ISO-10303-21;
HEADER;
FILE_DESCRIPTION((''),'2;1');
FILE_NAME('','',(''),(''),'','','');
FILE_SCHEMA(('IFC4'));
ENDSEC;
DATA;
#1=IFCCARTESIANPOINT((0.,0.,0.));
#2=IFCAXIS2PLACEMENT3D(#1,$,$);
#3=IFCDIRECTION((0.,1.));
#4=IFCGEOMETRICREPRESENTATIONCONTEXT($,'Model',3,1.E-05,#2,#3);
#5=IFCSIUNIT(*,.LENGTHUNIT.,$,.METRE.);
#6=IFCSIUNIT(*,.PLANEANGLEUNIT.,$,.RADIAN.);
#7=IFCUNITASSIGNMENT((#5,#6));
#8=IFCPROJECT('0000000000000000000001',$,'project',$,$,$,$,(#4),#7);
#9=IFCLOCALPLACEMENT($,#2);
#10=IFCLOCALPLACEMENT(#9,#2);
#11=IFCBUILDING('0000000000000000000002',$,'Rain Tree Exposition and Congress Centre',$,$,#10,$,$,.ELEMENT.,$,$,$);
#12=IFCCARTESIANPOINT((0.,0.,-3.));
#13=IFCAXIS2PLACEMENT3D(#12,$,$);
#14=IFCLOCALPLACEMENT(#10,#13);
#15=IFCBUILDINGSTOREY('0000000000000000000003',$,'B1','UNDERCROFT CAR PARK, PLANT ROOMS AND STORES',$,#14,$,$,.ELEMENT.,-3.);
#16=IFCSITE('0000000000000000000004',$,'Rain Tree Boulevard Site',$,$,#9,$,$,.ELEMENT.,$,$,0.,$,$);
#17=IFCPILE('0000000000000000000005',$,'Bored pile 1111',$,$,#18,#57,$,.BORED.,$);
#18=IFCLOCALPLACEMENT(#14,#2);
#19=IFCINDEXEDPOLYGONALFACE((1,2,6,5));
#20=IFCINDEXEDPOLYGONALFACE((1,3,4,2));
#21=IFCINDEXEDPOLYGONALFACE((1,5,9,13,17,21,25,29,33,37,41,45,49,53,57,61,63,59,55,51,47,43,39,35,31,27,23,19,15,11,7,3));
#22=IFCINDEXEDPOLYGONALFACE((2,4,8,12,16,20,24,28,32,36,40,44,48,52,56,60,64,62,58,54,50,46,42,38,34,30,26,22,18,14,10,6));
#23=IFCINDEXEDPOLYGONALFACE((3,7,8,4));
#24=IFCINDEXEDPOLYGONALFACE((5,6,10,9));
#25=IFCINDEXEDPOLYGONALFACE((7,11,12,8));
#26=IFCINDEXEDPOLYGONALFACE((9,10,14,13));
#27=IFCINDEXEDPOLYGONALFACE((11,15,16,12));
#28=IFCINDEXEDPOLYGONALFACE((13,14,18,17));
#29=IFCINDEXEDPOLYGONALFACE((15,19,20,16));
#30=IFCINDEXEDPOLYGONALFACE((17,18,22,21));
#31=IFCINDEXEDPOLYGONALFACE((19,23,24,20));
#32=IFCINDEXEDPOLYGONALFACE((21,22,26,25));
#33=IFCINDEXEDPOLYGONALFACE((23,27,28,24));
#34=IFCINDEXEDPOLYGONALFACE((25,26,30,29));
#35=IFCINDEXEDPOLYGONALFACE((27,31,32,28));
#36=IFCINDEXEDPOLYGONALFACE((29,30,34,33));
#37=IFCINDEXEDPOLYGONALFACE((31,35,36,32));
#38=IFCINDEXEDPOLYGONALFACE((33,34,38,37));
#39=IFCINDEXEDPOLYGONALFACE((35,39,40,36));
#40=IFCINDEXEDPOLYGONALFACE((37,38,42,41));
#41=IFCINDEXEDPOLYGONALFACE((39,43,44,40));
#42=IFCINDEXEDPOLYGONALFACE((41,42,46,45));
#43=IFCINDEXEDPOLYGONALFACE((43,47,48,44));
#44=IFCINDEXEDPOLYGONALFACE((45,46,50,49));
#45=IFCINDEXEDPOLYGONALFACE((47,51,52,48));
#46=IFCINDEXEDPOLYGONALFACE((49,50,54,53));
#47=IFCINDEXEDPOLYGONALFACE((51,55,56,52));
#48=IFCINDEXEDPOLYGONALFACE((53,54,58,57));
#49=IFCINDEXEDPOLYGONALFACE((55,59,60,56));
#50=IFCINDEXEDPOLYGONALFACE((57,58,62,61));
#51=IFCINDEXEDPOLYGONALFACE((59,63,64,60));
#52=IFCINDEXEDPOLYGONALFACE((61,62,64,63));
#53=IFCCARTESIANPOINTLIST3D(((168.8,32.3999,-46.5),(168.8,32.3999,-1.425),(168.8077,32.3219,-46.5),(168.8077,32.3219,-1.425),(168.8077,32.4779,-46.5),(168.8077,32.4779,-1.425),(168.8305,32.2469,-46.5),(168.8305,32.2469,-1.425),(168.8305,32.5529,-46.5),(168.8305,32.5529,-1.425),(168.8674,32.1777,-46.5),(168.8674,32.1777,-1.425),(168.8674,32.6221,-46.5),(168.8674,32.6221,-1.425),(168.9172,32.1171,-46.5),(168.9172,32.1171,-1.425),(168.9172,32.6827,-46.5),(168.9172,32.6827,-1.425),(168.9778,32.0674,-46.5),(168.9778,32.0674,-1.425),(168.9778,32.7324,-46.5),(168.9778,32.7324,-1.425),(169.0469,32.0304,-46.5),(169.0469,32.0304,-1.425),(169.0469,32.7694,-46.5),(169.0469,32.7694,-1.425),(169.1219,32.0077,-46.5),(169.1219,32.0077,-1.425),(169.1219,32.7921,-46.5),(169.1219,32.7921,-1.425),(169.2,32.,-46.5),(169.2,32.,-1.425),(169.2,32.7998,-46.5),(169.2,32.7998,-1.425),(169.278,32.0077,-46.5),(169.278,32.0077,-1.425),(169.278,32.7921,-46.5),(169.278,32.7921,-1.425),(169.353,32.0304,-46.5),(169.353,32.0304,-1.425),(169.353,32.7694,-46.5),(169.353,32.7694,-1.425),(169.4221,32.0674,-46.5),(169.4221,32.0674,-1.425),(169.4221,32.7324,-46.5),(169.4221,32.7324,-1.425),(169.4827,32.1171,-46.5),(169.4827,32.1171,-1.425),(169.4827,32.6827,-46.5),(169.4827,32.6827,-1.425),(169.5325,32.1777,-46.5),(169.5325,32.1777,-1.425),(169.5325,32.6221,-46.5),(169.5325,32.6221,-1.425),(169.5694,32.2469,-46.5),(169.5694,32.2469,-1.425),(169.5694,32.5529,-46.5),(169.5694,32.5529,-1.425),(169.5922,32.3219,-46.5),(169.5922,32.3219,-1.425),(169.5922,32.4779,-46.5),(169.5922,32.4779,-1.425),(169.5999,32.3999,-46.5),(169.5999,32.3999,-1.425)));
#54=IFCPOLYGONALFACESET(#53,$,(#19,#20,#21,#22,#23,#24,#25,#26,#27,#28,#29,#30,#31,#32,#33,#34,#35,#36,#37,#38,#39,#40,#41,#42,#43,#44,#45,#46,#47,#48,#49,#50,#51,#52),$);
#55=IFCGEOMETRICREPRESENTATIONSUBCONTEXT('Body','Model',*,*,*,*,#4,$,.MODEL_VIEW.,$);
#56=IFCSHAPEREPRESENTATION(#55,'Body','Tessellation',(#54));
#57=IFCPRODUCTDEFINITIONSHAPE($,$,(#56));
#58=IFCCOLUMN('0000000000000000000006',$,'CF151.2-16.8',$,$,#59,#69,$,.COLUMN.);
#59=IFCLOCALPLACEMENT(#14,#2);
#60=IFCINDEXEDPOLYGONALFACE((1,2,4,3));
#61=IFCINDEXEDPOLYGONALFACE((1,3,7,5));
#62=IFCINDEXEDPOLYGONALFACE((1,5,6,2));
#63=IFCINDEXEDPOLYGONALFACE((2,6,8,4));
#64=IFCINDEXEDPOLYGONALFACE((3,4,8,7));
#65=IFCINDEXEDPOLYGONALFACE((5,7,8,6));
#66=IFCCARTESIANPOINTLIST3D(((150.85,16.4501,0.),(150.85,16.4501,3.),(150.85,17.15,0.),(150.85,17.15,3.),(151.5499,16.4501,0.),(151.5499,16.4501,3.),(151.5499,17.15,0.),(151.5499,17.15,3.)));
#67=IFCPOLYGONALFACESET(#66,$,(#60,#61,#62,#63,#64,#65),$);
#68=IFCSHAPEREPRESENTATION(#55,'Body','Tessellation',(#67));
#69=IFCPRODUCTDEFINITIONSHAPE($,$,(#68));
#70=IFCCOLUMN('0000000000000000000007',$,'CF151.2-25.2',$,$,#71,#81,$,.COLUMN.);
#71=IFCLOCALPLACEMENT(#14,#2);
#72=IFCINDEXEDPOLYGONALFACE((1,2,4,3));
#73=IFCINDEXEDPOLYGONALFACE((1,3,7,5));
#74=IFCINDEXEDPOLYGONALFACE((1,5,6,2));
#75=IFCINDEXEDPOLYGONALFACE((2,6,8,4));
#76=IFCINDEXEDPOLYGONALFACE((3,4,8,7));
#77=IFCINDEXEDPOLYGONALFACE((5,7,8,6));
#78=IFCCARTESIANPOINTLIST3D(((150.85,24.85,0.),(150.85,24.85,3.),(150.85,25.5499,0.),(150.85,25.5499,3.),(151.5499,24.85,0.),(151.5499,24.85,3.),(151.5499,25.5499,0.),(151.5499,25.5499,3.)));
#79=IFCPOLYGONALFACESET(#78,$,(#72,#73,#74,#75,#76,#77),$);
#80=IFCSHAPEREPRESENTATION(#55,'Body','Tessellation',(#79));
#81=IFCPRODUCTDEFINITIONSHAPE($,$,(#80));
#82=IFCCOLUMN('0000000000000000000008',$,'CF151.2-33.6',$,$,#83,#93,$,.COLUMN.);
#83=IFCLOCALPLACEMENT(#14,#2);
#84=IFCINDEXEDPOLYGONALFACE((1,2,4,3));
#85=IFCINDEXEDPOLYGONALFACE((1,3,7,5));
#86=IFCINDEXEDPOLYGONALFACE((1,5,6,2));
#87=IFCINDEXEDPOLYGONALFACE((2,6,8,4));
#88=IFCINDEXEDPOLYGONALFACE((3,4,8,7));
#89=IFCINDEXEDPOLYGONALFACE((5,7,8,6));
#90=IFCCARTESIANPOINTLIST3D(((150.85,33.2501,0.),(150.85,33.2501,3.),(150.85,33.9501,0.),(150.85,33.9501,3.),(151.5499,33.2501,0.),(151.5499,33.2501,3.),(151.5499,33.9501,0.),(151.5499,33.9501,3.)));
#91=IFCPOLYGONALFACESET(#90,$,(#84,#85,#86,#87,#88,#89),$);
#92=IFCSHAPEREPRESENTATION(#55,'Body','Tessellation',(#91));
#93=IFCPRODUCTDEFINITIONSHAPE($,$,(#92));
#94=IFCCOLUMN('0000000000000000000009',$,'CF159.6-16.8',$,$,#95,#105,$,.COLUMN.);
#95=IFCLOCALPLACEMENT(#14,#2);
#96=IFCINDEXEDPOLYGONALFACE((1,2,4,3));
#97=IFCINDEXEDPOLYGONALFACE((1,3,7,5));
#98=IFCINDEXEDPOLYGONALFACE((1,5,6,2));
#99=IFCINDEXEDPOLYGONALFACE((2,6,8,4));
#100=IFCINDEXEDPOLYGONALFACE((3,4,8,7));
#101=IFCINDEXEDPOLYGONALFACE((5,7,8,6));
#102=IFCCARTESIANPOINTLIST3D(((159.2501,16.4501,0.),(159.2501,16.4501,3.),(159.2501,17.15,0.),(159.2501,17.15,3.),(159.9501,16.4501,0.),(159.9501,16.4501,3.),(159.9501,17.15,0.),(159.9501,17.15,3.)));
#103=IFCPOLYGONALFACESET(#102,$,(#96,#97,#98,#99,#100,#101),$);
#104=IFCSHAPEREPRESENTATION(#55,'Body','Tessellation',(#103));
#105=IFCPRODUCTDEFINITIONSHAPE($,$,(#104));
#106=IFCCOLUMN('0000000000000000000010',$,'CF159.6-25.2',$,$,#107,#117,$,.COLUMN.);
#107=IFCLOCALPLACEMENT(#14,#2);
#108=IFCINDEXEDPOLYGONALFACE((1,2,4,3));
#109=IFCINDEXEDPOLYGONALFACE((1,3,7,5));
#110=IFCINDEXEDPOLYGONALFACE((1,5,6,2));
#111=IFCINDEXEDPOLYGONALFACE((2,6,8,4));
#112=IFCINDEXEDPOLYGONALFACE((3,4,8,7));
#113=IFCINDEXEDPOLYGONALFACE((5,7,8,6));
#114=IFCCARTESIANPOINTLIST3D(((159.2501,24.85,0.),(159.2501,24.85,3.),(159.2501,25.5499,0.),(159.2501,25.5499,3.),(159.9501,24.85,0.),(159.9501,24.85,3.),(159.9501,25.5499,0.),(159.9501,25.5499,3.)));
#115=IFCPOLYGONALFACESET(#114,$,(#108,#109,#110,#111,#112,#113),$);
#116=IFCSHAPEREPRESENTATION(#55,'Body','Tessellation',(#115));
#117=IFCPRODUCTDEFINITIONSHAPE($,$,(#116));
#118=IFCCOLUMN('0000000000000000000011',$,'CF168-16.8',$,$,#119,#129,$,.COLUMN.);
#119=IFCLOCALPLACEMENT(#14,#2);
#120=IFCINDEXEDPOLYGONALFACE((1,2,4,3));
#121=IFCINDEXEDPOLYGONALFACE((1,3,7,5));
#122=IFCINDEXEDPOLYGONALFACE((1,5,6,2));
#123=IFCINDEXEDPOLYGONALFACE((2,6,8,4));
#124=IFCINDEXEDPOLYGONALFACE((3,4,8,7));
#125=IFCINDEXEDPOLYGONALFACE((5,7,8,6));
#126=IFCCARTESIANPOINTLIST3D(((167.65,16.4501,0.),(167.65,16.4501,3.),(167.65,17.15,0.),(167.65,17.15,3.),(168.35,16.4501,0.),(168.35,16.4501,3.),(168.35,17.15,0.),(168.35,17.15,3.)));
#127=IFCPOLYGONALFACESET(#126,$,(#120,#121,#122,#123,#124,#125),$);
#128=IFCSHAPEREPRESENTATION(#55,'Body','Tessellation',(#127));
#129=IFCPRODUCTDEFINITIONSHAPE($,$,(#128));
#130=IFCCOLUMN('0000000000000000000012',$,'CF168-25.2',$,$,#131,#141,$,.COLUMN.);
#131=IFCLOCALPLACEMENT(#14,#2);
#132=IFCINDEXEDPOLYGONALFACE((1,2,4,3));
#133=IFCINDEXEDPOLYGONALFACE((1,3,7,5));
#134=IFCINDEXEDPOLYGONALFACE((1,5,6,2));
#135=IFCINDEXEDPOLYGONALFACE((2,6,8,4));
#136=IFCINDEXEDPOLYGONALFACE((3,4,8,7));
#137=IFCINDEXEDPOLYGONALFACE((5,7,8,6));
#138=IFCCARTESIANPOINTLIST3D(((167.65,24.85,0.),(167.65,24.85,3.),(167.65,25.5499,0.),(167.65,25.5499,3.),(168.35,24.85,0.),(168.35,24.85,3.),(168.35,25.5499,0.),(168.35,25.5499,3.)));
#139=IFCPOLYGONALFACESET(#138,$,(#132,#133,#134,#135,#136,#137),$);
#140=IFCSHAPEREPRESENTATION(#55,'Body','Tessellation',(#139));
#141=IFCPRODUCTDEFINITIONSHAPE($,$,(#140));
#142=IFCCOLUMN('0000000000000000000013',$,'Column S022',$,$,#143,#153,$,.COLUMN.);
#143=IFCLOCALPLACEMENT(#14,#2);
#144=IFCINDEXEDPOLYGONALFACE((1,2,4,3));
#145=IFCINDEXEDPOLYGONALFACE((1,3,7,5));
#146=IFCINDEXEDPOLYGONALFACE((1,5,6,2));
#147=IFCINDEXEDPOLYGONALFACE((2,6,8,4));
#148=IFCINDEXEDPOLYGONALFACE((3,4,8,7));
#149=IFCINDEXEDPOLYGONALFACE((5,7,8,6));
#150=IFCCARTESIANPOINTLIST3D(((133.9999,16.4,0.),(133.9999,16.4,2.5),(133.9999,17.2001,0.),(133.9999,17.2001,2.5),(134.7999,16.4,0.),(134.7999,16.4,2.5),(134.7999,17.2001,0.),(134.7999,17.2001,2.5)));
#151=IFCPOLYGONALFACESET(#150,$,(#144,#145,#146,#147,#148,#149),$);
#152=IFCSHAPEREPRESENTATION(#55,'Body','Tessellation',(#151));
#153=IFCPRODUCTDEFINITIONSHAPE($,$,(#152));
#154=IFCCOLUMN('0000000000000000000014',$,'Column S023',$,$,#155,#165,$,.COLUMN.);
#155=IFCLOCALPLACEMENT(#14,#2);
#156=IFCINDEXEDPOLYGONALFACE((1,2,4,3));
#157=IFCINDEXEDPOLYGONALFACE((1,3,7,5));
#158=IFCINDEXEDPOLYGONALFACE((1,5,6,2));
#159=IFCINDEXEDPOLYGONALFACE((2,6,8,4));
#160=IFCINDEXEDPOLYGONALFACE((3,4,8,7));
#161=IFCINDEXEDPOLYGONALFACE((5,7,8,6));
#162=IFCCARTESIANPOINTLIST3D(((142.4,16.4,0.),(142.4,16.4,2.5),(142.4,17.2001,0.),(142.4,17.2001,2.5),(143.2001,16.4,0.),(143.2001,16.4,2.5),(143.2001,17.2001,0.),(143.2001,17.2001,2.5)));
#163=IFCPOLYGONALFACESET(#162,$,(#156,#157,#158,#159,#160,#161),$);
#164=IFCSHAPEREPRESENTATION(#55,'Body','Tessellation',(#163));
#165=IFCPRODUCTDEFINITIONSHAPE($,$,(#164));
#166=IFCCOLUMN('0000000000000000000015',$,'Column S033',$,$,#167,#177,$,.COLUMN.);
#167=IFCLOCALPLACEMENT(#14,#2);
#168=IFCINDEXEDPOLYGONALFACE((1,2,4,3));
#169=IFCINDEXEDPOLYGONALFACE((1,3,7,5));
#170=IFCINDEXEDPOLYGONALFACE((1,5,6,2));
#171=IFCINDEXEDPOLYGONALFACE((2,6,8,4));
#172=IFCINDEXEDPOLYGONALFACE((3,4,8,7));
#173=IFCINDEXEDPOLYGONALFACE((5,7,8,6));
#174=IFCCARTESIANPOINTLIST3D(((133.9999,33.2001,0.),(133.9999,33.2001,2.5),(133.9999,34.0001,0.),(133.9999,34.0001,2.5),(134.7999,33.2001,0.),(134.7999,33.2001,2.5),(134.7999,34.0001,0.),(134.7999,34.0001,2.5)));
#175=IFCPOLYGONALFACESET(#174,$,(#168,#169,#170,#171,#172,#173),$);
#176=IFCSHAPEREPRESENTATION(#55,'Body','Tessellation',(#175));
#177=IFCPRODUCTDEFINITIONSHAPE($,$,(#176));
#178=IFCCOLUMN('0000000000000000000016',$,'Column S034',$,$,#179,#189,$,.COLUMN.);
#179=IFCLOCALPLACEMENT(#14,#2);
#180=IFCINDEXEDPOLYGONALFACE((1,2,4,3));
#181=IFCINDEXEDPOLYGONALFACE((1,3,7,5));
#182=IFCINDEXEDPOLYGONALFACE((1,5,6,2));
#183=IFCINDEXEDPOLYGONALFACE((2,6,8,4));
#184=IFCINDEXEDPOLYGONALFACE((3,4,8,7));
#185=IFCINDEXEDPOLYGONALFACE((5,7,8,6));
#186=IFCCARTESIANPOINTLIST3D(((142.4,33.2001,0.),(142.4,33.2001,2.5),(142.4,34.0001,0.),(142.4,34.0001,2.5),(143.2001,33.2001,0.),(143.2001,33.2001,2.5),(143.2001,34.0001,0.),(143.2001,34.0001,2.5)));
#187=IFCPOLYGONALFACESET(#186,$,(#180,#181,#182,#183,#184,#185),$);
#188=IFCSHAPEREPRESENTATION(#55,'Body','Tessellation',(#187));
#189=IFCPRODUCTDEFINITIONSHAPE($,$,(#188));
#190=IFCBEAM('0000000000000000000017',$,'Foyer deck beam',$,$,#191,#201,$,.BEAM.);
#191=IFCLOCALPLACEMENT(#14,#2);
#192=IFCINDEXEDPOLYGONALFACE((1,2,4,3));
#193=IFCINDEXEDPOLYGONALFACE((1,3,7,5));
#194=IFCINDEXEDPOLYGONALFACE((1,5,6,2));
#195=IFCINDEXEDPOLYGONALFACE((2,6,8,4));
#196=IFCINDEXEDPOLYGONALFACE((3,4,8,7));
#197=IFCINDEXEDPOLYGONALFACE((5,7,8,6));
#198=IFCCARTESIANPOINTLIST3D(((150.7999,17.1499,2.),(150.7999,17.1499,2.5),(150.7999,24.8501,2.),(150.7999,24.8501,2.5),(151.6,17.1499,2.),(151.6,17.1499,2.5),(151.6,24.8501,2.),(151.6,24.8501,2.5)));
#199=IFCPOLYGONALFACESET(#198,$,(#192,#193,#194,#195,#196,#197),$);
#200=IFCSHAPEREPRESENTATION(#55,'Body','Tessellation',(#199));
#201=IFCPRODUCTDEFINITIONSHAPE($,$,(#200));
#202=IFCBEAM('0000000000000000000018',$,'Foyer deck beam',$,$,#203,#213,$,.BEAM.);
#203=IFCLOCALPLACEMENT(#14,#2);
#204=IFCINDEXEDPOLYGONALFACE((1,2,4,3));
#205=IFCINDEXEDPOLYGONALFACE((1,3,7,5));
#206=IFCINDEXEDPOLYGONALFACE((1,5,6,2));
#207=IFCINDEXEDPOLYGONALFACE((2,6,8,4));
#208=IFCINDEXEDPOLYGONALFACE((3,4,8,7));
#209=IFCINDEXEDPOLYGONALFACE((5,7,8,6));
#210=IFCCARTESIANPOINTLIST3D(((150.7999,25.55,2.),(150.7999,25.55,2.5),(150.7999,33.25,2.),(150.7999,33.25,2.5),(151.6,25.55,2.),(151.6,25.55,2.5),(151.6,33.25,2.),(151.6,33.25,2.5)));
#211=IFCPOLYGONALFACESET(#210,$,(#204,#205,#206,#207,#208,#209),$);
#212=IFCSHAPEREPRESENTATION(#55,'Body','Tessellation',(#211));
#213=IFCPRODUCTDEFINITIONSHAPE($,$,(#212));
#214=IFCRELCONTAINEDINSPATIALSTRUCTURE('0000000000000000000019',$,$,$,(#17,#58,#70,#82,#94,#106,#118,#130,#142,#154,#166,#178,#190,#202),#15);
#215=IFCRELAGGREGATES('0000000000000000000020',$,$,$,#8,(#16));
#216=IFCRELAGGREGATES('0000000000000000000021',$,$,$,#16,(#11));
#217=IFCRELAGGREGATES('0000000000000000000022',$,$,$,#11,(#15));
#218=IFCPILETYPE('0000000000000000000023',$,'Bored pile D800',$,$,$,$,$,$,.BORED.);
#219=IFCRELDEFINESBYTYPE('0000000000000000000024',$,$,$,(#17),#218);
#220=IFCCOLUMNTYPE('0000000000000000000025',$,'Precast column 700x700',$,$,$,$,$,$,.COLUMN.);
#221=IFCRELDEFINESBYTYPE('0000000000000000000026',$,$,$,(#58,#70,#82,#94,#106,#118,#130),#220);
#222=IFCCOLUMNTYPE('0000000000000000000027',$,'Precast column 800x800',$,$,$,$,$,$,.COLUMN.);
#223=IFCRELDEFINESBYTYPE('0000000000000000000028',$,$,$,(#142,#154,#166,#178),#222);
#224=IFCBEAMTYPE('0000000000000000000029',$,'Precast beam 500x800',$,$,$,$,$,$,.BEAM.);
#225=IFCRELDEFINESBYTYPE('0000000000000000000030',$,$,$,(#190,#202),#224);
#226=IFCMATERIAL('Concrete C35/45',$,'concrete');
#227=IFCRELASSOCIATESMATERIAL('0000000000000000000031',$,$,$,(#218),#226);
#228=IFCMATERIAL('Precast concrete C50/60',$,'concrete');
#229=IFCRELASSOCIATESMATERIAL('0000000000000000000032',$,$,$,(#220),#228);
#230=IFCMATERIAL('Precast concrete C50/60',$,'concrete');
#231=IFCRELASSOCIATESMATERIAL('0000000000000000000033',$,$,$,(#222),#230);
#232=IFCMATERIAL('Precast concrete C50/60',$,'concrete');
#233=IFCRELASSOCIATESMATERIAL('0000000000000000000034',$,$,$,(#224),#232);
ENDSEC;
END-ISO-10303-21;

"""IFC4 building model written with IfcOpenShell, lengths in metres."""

from ifc_helpers import new_model, si_unit, direction, frame, origin, origin_2d, place, context, subcontext, project, spatial, rectangle, circle, extrude, material, material_profile, profile_set, type_object, element, save


model = new_model("IFC4")

# Units and contexts
model_context = context("Model", 3, precision=1e-05, world=origin(), true_north=direction((0.0, 1.0)))
body_context = subcontext(model_context, "Body", "Model", "MODEL_VIEW")
ifc_project = project(units=[si_unit("LENGTHUNIT", "METRE"), si_unit("PLANEANGLEUNIT", "RADIAN")], contexts=[model_context])

# Site, building, storey
site_placement = place(None, origin())
site = spatial("IfcSite", under=ifc_project, at=site_placement, Name="Rain Tree Boulevard Site", CompositionType="ELEMENT", RefElevation=0.0)
building_placement = place(site_placement, origin())
building = spatial("IfcBuilding", under=site, at=building_placement, Name="Rain Tree Exposition and Congress Centre", CompositionType="ELEMENT")
storey_placement = place(building_placement, frame((0.0, 0.0, -3.0)))
storey = spatial("IfcBuildingStorey", under=building, at=storey_placement, Name="B1", Description="UNDERCROFT CAR PARK, PLANT ROOMS AND STORES", CompositionType="ELEMENT", Elevation=-3.0)

# Pile
ifc_material_1 = material(Name="Concrete C35/45", Category="concrete")
ifc_material_profile_1 = material_profile(ifc_material_1, circle(Radius=0.3999, at=origin_2d()), Name="D800")
ifc_profile_set_1 = profile_set([ifc_material_profile_1], Name="Concrete C35/45")
pile_type_1 = type_object("IfcPileType", Name="Bored pile D800", PredefinedType="BORED", material=ifc_profile_set_1)
for number, where, z_axis, x_axis, name in (
    (1, (169.2, 32.3999, -1.425), (0.0, 0.0, -1.0), (1.0, 0.0, 0.0), "Bored pile 1111"),
):
    element("IfcPile", number, at=place(storey_placement, frame(where, z_axis=z_axis, x_axis=x_axis)), inside=storey, type_object=pile_type_1, Name=name, PredefinedType="BORED", context=body_context, shape_type="SweptSolid", body=[
        extrude(circle(Radius=0.3999, at=origin_2d()), origin(), (0.0, 0.0, 1.0), 45.075),
    ])

# Columns
ifc_material_2 = material(Name="Precast concrete C50/60", Category="concrete")
ifc_material_profile_2 = material_profile(ifc_material_2, rectangle(XDim=0.7, YDim=0.7, at=origin_2d()), Name="RC 700x700")
ifc_profile_set_2 = profile_set([ifc_material_profile_2], Name="Precast concrete C50/60")
column_type_1 = type_object("IfcColumnType", Name="Precast column 700x700", PredefinedType="COLUMN", material=ifc_profile_set_2)
for number, where, z_axis, x_axis, name in (
    (2, (151.2, 16.8, 0.0), (0.0, 0.0, 1.0), (1.0, 0.0, 0.0), "CF151.2-16.8"),
    (3, (151.2, 25.2, 0.0), (0.0, 0.0, 1.0), (1.0, 0.0, 0.0), "CF151.2-25.2"),
    (4, (151.2, 33.6001, 0.0), (0.0, 0.0, 1.0), (1.0, 0.0, 0.0), "CF151.2-33.6"),
    (5, (159.6001, 16.8, 0.0), (0.0, 0.0, 1.0), (1.0, 0.0, 0.0), "CF159.6-16.8"),
    (6, (159.6001, 25.2, 0.0), (0.0, 0.0, 1.0), (1.0, 0.0, 0.0), "CF159.6-25.2"),
    (7, (168.0, 16.8, 0.0), (0.0, 0.0, 1.0), (1.0, 0.0, 0.0), "CF168-16.8"),
    (8, (168.0, 25.2, 0.0), (0.0, 0.0, 1.0), (1.0, 0.0, 0.0), "CF168-25.2"),
):
    element("IfcColumn", number, at=place(storey_placement, frame(where, z_axis=z_axis, x_axis=x_axis)), inside=storey, type_object=column_type_1, Name=name, PredefinedType="COLUMN", context=body_context, shape_type="SweptSolid", body=[
        extrude(rectangle(XDim=0.7, YDim=0.7, at=origin_2d()), origin(), (0.0, 0.0, 1.0), 3.0),
    ])
ifc_material_3 = material(Name="Precast concrete C50/60", Category="concrete")
ifc_material_profile_3 = material_profile(ifc_material_3, rectangle(XDim=0.8, YDim=0.8, at=origin_2d()), Name="RC 800x800")
ifc_profile_set_3 = profile_set([ifc_material_profile_3], Name="Precast concrete C50/60")
column_type_2 = type_object("IfcColumnType", Name="Precast column 800x800", PredefinedType="COLUMN", material=ifc_profile_set_3)
for number, where, z_axis, x_axis, name in (
    (9, (134.3999, 16.8, 0.0), (0.0, 0.0, 1.0), (1.0, 0.0, 0.0), "Column S022"),
    (10, (142.8, 16.8, 0.0), (0.0, 0.0, 1.0), (1.0, 0.0, 0.0), "Column S023"),
    (11, (134.3999, 33.6001, 0.0), (0.0, 0.0, 1.0), (1.0, 0.0, 0.0), "Column S033"),
    (12, (142.8, 33.6001, 0.0), (0.0, 0.0, 1.0), (1.0, 0.0, 0.0), "Column S034"),
):
    element("IfcColumn", number, at=place(storey_placement, frame(where, z_axis=z_axis, x_axis=x_axis)), inside=storey, type_object=column_type_2, Name=name, PredefinedType="COLUMN", context=body_context, shape_type="SweptSolid", body=[
        extrude(rectangle(XDim=0.8, YDim=0.8, at=origin_2d()), origin(), (0.0, 0.0, 1.0), 2.5),
    ])

# Beams
ifc_material_4 = material(Name="Precast concrete C50/60", Category="concrete")
ifc_material_profile_4 = material_profile(ifc_material_4, rectangle(XDim=0.5, YDim=0.8, at=origin_2d()), Name="RC 500x800")
ifc_profile_set_4 = profile_set([ifc_material_profile_4], Name="Precast concrete C50/60")
beam_type = type_object("IfcBeamType", Name="Precast beam 500x800", PredefinedType="BEAM", material=ifc_profile_set_4)
beam_1_placement = place(storey_placement, frame((151.2, 17.1499, 2.25), z_axis=(0.0, 1.0, 0.0), x_axis=(0.0, 0.0, 1.0)))
element("IfcBeam", 13, at=beam_1_placement, inside=storey, type_object=beam_type, Name="Foyer deck beam", PredefinedType="BEAM", context=body_context, shape_type="SweptSolid", body=[
    extrude(rectangle(XDim=0.5, YDim=0.8, at=origin_2d()), origin(), (0.0, 0.0, 1.0), 7.7002),
])
for number, where, z_axis, x_axis, name in (
    (14, (151.2, 25.55, 2.25), (0.0, 1.0, 0.0), (0.0, 0.0, 1.0), "Foyer deck beam"),
):
    element("IfcBeam", number, at=place(storey_placement, frame(where, z_axis=z_axis, x_axis=x_axis)), inside=storey, type_object=beam_type, Name=name, PredefinedType="BEAM", context=body_context, shape_type="SweptSolid", body=[
        extrude(rectangle(XDim=0.5, YDim=0.8, at=origin_2d()), origin(), (0.0, 0.0, 1.0), 7.7),
    ])

save(model, "model.ifc")
